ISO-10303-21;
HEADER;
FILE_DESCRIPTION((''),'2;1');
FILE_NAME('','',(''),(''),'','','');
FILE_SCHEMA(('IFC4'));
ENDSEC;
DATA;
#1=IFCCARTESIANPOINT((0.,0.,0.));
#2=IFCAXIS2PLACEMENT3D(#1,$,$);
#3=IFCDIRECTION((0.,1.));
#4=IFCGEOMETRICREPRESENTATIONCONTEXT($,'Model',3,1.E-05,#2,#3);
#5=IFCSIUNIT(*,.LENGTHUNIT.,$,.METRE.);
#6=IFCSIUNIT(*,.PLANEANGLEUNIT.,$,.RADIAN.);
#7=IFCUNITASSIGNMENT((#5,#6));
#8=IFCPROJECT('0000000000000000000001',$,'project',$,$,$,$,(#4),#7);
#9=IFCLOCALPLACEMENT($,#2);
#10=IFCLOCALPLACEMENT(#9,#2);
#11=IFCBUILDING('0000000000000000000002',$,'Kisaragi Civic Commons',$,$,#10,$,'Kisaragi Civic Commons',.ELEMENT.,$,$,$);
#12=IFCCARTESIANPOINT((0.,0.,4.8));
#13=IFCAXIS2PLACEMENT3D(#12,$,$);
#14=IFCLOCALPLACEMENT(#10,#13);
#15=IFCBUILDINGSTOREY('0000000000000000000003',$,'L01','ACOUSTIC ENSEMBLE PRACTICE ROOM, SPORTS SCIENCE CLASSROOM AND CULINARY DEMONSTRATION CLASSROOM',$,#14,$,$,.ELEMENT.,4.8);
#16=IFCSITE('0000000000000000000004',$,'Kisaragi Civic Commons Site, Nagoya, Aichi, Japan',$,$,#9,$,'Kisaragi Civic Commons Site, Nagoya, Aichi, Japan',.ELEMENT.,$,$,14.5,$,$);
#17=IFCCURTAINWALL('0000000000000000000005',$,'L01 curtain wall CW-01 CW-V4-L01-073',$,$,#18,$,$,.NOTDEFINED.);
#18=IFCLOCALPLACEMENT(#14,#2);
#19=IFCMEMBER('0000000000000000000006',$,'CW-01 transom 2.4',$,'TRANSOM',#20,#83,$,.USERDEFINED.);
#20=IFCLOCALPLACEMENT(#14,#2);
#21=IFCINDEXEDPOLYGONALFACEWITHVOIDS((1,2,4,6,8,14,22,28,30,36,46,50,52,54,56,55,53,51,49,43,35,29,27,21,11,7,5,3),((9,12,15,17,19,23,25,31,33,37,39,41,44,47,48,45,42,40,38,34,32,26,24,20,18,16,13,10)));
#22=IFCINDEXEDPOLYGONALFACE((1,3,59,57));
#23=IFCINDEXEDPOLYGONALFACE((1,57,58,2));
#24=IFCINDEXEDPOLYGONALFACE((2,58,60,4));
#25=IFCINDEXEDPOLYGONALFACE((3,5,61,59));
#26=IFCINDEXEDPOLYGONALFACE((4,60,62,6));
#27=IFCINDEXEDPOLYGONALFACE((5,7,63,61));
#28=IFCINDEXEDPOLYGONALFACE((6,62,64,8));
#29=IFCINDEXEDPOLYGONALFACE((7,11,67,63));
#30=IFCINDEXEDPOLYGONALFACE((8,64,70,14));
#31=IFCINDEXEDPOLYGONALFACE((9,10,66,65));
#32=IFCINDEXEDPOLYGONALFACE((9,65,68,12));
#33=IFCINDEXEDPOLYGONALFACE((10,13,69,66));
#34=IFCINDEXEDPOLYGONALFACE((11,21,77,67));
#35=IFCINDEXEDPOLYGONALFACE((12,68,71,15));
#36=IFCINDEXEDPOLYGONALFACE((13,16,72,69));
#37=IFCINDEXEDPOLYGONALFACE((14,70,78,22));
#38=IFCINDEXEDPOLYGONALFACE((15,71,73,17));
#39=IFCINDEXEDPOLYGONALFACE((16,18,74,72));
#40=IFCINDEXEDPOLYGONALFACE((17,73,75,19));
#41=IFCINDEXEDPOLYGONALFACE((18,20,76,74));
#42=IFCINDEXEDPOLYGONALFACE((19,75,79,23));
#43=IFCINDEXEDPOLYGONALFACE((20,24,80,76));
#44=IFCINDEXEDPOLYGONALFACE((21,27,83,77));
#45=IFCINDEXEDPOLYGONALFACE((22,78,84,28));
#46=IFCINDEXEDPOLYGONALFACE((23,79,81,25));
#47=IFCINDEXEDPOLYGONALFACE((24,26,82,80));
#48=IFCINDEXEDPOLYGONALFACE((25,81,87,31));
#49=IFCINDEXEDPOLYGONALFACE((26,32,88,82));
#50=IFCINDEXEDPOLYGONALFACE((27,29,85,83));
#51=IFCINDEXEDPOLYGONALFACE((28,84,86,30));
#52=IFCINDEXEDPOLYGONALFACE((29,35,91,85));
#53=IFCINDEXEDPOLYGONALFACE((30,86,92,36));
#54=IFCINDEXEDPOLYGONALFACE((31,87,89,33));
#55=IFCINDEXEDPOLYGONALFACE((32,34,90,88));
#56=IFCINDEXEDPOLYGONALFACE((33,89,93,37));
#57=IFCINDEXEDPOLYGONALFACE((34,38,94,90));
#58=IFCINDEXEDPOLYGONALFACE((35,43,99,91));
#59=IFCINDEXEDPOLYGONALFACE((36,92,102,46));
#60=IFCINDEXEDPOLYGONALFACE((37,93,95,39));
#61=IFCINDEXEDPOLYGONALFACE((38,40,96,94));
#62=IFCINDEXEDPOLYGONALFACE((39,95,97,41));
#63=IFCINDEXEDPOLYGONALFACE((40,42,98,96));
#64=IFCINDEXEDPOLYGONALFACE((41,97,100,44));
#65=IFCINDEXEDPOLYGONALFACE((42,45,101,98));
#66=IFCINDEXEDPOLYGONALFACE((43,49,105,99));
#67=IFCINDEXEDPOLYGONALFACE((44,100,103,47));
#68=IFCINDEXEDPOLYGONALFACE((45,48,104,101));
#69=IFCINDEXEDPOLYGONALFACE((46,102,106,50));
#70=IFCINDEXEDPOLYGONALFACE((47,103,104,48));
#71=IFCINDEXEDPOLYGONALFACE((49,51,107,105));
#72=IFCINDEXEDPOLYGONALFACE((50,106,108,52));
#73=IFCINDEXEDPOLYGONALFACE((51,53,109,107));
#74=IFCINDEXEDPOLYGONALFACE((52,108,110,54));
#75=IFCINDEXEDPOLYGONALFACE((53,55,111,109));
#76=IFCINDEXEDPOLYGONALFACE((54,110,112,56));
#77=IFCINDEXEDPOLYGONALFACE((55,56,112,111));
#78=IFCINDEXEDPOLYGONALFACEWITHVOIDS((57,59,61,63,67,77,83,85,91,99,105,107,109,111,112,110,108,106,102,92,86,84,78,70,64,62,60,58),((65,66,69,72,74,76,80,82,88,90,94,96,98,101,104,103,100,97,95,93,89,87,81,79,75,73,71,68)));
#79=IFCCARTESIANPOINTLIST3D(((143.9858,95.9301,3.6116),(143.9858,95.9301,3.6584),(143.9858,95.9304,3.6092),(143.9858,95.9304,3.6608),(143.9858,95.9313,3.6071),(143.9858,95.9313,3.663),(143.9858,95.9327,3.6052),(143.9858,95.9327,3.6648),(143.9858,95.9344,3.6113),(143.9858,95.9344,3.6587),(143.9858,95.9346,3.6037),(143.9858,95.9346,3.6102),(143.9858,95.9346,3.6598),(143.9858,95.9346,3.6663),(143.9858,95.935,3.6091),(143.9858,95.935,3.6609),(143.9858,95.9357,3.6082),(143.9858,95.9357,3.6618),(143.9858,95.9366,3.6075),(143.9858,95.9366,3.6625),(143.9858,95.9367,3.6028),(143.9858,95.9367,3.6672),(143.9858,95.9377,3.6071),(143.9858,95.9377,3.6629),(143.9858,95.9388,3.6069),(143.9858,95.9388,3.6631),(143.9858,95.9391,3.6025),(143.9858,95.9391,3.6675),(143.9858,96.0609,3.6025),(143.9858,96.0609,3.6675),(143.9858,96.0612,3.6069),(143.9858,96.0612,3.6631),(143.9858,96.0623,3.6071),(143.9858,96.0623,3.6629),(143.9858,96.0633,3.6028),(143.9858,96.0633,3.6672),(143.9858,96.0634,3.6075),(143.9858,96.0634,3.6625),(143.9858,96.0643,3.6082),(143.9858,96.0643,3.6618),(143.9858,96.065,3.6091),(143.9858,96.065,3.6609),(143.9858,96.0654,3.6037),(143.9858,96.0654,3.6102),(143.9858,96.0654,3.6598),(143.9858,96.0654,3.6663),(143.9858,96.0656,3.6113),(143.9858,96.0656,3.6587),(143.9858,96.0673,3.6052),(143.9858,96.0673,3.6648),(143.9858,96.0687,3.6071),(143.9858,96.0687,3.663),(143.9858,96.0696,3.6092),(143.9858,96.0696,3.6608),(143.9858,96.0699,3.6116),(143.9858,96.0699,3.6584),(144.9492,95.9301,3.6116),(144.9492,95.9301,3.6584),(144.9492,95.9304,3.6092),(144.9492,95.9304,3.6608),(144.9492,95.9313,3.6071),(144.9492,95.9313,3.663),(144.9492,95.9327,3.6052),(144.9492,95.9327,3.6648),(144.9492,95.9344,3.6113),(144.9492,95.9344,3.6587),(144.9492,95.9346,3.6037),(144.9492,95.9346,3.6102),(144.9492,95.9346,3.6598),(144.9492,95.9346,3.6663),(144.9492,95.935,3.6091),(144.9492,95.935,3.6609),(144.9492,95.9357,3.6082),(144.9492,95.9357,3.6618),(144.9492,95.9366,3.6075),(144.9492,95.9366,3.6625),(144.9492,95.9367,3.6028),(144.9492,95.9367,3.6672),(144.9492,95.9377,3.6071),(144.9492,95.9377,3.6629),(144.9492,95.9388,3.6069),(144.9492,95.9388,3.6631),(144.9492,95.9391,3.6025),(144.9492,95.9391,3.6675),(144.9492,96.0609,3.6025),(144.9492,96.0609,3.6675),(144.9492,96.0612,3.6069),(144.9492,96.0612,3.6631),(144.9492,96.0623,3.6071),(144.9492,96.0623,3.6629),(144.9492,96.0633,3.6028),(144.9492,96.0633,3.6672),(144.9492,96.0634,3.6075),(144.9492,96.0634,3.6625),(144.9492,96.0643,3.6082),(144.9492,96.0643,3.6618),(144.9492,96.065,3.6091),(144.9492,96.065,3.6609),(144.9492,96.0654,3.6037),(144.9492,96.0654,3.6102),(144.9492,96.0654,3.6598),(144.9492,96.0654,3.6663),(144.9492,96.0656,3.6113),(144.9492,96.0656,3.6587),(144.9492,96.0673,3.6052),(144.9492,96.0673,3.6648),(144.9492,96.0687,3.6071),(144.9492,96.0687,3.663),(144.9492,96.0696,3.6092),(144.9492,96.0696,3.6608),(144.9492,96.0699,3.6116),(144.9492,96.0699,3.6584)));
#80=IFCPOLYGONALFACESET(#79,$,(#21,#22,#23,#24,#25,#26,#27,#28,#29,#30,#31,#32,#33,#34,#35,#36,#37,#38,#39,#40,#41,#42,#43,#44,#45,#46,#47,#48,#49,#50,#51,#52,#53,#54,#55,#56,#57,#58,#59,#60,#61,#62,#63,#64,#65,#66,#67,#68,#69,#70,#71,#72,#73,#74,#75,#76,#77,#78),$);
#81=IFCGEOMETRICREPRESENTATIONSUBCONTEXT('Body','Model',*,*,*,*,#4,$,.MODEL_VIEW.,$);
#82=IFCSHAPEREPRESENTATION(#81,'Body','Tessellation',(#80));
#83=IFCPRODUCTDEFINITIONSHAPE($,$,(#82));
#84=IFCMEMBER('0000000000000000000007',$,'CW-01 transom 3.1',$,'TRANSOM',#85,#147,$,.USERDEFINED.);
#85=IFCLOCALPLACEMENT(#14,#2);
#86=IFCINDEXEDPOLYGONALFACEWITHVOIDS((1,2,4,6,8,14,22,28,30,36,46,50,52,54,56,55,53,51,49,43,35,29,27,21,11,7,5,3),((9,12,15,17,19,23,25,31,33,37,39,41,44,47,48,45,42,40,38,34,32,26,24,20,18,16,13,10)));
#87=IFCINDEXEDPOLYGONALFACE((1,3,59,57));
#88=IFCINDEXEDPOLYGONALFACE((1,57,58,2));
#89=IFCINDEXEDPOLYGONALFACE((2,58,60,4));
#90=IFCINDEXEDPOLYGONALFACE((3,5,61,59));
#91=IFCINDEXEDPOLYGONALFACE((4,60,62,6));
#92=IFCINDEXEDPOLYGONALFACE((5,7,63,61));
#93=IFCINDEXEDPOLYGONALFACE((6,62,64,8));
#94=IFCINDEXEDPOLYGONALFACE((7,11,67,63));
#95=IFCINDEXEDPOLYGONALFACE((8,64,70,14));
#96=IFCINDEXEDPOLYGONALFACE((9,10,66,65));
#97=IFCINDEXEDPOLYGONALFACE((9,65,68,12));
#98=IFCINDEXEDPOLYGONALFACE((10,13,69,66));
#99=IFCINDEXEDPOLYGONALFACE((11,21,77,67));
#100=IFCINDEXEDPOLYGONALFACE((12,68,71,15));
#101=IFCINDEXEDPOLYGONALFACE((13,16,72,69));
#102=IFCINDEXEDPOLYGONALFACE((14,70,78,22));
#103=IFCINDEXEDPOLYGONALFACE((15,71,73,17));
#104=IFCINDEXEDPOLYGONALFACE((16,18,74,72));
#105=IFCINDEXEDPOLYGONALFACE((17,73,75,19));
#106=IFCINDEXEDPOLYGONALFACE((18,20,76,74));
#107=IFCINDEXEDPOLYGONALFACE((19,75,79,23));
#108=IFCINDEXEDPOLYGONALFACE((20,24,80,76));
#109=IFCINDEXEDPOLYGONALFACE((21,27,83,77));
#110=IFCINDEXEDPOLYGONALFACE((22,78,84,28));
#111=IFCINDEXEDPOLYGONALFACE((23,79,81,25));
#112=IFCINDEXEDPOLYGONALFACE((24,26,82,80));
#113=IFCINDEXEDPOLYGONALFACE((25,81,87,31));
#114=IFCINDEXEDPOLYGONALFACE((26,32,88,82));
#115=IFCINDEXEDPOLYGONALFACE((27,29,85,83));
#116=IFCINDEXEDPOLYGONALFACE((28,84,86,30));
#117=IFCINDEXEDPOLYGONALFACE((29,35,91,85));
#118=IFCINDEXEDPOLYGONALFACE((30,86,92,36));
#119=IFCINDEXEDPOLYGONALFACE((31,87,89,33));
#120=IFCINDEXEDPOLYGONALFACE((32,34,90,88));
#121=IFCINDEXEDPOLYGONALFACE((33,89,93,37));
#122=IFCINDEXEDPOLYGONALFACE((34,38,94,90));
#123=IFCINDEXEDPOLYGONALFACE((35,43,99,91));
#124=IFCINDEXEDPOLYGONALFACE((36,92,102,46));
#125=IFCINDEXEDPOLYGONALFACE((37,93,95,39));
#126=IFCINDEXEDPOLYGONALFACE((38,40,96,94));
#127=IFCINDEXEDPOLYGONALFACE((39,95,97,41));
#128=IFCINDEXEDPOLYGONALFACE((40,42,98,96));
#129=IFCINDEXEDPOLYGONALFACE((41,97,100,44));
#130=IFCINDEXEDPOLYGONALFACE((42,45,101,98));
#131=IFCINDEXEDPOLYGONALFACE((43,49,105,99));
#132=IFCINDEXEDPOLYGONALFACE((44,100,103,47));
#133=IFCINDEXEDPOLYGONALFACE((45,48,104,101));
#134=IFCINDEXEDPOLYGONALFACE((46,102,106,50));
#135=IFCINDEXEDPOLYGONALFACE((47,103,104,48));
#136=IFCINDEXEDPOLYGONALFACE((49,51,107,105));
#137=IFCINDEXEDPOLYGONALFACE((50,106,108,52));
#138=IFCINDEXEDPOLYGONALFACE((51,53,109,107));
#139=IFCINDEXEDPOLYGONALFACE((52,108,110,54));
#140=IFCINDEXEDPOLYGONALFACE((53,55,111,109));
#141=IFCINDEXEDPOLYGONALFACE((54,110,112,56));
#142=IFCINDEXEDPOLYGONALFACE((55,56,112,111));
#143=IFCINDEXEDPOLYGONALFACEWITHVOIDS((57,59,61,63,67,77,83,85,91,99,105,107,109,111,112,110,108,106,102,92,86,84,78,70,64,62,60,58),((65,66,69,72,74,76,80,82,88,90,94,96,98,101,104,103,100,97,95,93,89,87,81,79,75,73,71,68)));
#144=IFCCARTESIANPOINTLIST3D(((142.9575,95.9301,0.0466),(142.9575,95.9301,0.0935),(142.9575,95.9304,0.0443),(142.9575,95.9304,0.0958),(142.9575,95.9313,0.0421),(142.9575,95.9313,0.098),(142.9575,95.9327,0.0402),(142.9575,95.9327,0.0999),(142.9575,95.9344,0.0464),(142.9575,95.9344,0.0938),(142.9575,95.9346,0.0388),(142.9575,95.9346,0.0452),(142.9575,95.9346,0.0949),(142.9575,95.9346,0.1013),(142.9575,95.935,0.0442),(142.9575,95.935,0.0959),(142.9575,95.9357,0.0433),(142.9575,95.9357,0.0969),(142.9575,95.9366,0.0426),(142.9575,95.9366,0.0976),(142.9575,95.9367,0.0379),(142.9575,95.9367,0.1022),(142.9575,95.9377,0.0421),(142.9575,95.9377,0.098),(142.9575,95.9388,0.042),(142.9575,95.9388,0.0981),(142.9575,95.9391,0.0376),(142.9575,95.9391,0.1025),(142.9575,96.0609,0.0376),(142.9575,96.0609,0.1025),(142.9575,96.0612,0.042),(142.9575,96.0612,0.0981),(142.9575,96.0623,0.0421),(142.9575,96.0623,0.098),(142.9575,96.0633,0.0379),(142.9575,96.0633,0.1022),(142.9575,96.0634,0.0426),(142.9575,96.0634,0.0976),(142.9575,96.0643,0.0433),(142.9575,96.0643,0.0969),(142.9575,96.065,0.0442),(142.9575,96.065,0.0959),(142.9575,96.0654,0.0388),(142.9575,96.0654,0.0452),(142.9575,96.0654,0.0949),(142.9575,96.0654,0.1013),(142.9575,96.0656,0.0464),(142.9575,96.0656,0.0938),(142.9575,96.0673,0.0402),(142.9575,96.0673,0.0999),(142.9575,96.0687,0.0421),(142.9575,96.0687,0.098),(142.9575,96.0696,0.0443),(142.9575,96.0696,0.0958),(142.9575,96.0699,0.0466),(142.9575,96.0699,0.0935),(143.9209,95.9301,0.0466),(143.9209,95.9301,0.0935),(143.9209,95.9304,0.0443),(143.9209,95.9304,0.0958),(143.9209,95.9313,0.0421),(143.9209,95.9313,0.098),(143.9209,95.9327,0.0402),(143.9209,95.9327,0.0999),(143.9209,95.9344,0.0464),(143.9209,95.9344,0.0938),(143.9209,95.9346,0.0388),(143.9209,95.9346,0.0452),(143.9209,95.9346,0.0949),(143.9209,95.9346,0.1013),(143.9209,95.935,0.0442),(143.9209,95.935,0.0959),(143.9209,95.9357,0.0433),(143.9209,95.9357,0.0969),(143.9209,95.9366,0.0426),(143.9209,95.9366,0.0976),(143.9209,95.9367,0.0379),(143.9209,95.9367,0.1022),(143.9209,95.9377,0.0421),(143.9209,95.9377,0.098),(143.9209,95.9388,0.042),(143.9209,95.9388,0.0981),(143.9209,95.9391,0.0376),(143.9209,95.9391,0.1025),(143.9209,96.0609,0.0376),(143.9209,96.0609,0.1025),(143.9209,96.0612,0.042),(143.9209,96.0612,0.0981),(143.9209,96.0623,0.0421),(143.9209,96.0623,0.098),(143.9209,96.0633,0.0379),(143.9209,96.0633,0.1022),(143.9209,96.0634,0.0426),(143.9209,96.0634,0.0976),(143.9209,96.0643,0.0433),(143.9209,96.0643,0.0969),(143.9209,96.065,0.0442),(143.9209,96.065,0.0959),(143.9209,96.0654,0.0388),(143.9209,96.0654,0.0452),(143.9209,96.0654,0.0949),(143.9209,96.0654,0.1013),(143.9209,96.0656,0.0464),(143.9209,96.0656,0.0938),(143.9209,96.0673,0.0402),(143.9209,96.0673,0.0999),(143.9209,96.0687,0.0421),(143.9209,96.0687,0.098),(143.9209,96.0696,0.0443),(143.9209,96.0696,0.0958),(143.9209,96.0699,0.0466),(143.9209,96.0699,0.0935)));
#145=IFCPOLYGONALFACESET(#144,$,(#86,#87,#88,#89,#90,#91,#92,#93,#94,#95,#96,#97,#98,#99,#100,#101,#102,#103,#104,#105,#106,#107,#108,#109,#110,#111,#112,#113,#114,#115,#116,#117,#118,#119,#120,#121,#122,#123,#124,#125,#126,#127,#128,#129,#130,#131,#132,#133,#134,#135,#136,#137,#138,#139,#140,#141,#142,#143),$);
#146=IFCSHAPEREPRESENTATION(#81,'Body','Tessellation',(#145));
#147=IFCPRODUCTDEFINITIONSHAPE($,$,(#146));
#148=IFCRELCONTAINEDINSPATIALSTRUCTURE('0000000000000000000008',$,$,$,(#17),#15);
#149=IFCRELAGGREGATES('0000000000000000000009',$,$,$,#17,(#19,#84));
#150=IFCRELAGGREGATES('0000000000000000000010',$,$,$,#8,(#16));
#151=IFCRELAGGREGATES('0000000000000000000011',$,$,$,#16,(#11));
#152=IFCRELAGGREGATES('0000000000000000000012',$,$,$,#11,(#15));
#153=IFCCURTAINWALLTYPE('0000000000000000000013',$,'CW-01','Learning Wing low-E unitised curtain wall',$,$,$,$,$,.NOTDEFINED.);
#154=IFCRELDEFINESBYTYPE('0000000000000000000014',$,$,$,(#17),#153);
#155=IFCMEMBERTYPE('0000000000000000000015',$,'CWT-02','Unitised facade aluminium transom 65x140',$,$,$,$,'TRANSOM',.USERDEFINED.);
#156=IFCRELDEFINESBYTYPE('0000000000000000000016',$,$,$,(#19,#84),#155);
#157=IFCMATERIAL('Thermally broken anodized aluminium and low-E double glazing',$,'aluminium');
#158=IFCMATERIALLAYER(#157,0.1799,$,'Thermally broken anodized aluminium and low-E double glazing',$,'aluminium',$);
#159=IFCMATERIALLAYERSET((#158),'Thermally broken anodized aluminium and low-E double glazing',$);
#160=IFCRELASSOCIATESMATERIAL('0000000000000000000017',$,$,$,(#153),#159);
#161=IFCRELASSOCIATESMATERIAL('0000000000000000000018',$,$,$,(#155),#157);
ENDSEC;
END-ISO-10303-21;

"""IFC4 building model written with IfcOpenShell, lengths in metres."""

from ifc_helpers import new_model, si_unit, direction, frame, origin, origin_2d, place, context, subcontext, project, spatial, hollow_rectangle, extrude, material, layer, layer_set, material_profile, profile_set, type_object, element, aggregate, save


model = new_model("IFC4")

# Units and contexts
model_context = context("Model", 3, precision=1e-05, world=origin(), true_north=direction((0.0, 1.0)))
body_context = subcontext(model_context, "Body", "Model", "MODEL_VIEW")
ifc_project = project(units=[si_unit("LENGTHUNIT", "METRE"), si_unit("PLANEANGLEUNIT", "RADIAN")], contexts=[model_context])

# Site, building, storey
site_placement = place(None, origin())
site = spatial("IfcSite", under=ifc_project, at=site_placement, Name="Kisaragi Civic Commons Site, Nagoya, Aichi, Japan", LongName="Kisaragi Civic Commons Site, Nagoya, Aichi, Japan", CompositionType="ELEMENT", RefElevation=14.5)
building_placement = place(site_placement, origin())
building = spatial("IfcBuilding", under=site, at=building_placement, Name="Kisaragi Civic Commons", LongName="Kisaragi Civic Commons", CompositionType="ELEMENT")
storey_placement = place(building_placement, frame((0.0, 0.0, 4.8)))
storey = spatial("IfcBuildingStorey", under=building, at=storey_placement, Name="L01", Description="ACOUSTIC ENSEMBLE PRACTICE ROOM, SPORTS SCIENCE CLASSROOM AND CULINARY DEMONSTRATION CLASSROOM", CompositionType="ELEMENT", Elevation=4.8)

# Curtain wall, members
ifc_material = material(Name="Thermally broken anodized aluminium and low-E double glazing", Category="aluminium")
ifc_layer_1 = layer(ifc_material, 0.1799, Name="Thermally broken anodized aluminium and low-E double glazing", Category="aluminium")
ifc_layer_set_1 = layer_set([ifc_layer_1], Name="Thermally broken anodized aluminium and low-E double glazing")
curtain_wall_type = type_object("IfcCurtainWallType", Name="CW-01", Description="Learning Wing low-E unitised curtain wall", PredefinedType="NOTDEFINED", material=ifc_layer_set_1)
curtain_wall_placement = place(storey_placement, origin())
curtain_wall = element("IfcCurtainWall", 1, at=curtain_wall_placement, inside=storey, type_object=curtain_wall_type, Name="L01 curtain wall CW-01 CW-V4-L01-073", PredefinedType="NOTDEFINED")
ifc_material_profile_1 = material_profile(ifc_material, hollow_rectangle(XDim=0.1399, YDim=0.0649, WallThickness=0.0044, InnerFilletRadius=0.0044, OuterFilletRadius=0.009, at=origin_2d()), Name="CWT-65x140x4.5", Category="aluminium")
ifc_profile_set_1 = profile_set([ifc_material_profile_1], Name="Thermally broken anodized aluminium and low-E double glazing")
member_type_1 = type_object("IfcMemberType", Name="CWT-02", Description="Unitised facade aluminium transom 65x140", ElementType="TRANSOM", PredefinedType="USERDEFINED", material=ifc_profile_set_1)
member_1_placement = place(storey_placement, frame((144.9492, 96.0, 3.635), z_axis=(-1.0, 0.0, 0.0), x_axis=(0.0, -1.0, 0.0)))
member_1 = element("IfcMember", 2, at=member_1_placement, type_object=member_type_1, Name="CW-01 transom 2.4", ObjectType="TRANSOM", PredefinedType="USERDEFINED", context=body_context, shape_type="SweptSolid", body=[
    extrude(hollow_rectangle(XDim=0.1399, YDim=0.0649, WallThickness=0.0044, InnerFilletRadius=0.0044, OuterFilletRadius=0.009, at=origin_2d()), origin(), (0.0, 0.0, 1.0), 0.9634),
])
member_2_placement = place(storey_placement, frame((143.9209, 96.0, 0.0701), z_axis=(-1.0, 0.0, 0.0), x_axis=(0.0, -1.0, 0.0)))
member_2 = element("IfcMember", 3, at=member_2_placement, type_object=member_type_1, Name="CW-01 transom 3.1", ObjectType="TRANSOM", PredefinedType="USERDEFINED", context=body_context, shape_type="SweptSolid", body=[
    extrude(hollow_rectangle(XDim=0.1399, YDim=0.0649, WallThickness=0.0044, InnerFilletRadius=0.0044, OuterFilletRadius=0.009, at=origin_2d()), origin(), (0.0, 0.0, 1.0), 0.9634),
])
aggregate(curtain_wall, [member_1, member_2])

save(model, "model.ifc")
